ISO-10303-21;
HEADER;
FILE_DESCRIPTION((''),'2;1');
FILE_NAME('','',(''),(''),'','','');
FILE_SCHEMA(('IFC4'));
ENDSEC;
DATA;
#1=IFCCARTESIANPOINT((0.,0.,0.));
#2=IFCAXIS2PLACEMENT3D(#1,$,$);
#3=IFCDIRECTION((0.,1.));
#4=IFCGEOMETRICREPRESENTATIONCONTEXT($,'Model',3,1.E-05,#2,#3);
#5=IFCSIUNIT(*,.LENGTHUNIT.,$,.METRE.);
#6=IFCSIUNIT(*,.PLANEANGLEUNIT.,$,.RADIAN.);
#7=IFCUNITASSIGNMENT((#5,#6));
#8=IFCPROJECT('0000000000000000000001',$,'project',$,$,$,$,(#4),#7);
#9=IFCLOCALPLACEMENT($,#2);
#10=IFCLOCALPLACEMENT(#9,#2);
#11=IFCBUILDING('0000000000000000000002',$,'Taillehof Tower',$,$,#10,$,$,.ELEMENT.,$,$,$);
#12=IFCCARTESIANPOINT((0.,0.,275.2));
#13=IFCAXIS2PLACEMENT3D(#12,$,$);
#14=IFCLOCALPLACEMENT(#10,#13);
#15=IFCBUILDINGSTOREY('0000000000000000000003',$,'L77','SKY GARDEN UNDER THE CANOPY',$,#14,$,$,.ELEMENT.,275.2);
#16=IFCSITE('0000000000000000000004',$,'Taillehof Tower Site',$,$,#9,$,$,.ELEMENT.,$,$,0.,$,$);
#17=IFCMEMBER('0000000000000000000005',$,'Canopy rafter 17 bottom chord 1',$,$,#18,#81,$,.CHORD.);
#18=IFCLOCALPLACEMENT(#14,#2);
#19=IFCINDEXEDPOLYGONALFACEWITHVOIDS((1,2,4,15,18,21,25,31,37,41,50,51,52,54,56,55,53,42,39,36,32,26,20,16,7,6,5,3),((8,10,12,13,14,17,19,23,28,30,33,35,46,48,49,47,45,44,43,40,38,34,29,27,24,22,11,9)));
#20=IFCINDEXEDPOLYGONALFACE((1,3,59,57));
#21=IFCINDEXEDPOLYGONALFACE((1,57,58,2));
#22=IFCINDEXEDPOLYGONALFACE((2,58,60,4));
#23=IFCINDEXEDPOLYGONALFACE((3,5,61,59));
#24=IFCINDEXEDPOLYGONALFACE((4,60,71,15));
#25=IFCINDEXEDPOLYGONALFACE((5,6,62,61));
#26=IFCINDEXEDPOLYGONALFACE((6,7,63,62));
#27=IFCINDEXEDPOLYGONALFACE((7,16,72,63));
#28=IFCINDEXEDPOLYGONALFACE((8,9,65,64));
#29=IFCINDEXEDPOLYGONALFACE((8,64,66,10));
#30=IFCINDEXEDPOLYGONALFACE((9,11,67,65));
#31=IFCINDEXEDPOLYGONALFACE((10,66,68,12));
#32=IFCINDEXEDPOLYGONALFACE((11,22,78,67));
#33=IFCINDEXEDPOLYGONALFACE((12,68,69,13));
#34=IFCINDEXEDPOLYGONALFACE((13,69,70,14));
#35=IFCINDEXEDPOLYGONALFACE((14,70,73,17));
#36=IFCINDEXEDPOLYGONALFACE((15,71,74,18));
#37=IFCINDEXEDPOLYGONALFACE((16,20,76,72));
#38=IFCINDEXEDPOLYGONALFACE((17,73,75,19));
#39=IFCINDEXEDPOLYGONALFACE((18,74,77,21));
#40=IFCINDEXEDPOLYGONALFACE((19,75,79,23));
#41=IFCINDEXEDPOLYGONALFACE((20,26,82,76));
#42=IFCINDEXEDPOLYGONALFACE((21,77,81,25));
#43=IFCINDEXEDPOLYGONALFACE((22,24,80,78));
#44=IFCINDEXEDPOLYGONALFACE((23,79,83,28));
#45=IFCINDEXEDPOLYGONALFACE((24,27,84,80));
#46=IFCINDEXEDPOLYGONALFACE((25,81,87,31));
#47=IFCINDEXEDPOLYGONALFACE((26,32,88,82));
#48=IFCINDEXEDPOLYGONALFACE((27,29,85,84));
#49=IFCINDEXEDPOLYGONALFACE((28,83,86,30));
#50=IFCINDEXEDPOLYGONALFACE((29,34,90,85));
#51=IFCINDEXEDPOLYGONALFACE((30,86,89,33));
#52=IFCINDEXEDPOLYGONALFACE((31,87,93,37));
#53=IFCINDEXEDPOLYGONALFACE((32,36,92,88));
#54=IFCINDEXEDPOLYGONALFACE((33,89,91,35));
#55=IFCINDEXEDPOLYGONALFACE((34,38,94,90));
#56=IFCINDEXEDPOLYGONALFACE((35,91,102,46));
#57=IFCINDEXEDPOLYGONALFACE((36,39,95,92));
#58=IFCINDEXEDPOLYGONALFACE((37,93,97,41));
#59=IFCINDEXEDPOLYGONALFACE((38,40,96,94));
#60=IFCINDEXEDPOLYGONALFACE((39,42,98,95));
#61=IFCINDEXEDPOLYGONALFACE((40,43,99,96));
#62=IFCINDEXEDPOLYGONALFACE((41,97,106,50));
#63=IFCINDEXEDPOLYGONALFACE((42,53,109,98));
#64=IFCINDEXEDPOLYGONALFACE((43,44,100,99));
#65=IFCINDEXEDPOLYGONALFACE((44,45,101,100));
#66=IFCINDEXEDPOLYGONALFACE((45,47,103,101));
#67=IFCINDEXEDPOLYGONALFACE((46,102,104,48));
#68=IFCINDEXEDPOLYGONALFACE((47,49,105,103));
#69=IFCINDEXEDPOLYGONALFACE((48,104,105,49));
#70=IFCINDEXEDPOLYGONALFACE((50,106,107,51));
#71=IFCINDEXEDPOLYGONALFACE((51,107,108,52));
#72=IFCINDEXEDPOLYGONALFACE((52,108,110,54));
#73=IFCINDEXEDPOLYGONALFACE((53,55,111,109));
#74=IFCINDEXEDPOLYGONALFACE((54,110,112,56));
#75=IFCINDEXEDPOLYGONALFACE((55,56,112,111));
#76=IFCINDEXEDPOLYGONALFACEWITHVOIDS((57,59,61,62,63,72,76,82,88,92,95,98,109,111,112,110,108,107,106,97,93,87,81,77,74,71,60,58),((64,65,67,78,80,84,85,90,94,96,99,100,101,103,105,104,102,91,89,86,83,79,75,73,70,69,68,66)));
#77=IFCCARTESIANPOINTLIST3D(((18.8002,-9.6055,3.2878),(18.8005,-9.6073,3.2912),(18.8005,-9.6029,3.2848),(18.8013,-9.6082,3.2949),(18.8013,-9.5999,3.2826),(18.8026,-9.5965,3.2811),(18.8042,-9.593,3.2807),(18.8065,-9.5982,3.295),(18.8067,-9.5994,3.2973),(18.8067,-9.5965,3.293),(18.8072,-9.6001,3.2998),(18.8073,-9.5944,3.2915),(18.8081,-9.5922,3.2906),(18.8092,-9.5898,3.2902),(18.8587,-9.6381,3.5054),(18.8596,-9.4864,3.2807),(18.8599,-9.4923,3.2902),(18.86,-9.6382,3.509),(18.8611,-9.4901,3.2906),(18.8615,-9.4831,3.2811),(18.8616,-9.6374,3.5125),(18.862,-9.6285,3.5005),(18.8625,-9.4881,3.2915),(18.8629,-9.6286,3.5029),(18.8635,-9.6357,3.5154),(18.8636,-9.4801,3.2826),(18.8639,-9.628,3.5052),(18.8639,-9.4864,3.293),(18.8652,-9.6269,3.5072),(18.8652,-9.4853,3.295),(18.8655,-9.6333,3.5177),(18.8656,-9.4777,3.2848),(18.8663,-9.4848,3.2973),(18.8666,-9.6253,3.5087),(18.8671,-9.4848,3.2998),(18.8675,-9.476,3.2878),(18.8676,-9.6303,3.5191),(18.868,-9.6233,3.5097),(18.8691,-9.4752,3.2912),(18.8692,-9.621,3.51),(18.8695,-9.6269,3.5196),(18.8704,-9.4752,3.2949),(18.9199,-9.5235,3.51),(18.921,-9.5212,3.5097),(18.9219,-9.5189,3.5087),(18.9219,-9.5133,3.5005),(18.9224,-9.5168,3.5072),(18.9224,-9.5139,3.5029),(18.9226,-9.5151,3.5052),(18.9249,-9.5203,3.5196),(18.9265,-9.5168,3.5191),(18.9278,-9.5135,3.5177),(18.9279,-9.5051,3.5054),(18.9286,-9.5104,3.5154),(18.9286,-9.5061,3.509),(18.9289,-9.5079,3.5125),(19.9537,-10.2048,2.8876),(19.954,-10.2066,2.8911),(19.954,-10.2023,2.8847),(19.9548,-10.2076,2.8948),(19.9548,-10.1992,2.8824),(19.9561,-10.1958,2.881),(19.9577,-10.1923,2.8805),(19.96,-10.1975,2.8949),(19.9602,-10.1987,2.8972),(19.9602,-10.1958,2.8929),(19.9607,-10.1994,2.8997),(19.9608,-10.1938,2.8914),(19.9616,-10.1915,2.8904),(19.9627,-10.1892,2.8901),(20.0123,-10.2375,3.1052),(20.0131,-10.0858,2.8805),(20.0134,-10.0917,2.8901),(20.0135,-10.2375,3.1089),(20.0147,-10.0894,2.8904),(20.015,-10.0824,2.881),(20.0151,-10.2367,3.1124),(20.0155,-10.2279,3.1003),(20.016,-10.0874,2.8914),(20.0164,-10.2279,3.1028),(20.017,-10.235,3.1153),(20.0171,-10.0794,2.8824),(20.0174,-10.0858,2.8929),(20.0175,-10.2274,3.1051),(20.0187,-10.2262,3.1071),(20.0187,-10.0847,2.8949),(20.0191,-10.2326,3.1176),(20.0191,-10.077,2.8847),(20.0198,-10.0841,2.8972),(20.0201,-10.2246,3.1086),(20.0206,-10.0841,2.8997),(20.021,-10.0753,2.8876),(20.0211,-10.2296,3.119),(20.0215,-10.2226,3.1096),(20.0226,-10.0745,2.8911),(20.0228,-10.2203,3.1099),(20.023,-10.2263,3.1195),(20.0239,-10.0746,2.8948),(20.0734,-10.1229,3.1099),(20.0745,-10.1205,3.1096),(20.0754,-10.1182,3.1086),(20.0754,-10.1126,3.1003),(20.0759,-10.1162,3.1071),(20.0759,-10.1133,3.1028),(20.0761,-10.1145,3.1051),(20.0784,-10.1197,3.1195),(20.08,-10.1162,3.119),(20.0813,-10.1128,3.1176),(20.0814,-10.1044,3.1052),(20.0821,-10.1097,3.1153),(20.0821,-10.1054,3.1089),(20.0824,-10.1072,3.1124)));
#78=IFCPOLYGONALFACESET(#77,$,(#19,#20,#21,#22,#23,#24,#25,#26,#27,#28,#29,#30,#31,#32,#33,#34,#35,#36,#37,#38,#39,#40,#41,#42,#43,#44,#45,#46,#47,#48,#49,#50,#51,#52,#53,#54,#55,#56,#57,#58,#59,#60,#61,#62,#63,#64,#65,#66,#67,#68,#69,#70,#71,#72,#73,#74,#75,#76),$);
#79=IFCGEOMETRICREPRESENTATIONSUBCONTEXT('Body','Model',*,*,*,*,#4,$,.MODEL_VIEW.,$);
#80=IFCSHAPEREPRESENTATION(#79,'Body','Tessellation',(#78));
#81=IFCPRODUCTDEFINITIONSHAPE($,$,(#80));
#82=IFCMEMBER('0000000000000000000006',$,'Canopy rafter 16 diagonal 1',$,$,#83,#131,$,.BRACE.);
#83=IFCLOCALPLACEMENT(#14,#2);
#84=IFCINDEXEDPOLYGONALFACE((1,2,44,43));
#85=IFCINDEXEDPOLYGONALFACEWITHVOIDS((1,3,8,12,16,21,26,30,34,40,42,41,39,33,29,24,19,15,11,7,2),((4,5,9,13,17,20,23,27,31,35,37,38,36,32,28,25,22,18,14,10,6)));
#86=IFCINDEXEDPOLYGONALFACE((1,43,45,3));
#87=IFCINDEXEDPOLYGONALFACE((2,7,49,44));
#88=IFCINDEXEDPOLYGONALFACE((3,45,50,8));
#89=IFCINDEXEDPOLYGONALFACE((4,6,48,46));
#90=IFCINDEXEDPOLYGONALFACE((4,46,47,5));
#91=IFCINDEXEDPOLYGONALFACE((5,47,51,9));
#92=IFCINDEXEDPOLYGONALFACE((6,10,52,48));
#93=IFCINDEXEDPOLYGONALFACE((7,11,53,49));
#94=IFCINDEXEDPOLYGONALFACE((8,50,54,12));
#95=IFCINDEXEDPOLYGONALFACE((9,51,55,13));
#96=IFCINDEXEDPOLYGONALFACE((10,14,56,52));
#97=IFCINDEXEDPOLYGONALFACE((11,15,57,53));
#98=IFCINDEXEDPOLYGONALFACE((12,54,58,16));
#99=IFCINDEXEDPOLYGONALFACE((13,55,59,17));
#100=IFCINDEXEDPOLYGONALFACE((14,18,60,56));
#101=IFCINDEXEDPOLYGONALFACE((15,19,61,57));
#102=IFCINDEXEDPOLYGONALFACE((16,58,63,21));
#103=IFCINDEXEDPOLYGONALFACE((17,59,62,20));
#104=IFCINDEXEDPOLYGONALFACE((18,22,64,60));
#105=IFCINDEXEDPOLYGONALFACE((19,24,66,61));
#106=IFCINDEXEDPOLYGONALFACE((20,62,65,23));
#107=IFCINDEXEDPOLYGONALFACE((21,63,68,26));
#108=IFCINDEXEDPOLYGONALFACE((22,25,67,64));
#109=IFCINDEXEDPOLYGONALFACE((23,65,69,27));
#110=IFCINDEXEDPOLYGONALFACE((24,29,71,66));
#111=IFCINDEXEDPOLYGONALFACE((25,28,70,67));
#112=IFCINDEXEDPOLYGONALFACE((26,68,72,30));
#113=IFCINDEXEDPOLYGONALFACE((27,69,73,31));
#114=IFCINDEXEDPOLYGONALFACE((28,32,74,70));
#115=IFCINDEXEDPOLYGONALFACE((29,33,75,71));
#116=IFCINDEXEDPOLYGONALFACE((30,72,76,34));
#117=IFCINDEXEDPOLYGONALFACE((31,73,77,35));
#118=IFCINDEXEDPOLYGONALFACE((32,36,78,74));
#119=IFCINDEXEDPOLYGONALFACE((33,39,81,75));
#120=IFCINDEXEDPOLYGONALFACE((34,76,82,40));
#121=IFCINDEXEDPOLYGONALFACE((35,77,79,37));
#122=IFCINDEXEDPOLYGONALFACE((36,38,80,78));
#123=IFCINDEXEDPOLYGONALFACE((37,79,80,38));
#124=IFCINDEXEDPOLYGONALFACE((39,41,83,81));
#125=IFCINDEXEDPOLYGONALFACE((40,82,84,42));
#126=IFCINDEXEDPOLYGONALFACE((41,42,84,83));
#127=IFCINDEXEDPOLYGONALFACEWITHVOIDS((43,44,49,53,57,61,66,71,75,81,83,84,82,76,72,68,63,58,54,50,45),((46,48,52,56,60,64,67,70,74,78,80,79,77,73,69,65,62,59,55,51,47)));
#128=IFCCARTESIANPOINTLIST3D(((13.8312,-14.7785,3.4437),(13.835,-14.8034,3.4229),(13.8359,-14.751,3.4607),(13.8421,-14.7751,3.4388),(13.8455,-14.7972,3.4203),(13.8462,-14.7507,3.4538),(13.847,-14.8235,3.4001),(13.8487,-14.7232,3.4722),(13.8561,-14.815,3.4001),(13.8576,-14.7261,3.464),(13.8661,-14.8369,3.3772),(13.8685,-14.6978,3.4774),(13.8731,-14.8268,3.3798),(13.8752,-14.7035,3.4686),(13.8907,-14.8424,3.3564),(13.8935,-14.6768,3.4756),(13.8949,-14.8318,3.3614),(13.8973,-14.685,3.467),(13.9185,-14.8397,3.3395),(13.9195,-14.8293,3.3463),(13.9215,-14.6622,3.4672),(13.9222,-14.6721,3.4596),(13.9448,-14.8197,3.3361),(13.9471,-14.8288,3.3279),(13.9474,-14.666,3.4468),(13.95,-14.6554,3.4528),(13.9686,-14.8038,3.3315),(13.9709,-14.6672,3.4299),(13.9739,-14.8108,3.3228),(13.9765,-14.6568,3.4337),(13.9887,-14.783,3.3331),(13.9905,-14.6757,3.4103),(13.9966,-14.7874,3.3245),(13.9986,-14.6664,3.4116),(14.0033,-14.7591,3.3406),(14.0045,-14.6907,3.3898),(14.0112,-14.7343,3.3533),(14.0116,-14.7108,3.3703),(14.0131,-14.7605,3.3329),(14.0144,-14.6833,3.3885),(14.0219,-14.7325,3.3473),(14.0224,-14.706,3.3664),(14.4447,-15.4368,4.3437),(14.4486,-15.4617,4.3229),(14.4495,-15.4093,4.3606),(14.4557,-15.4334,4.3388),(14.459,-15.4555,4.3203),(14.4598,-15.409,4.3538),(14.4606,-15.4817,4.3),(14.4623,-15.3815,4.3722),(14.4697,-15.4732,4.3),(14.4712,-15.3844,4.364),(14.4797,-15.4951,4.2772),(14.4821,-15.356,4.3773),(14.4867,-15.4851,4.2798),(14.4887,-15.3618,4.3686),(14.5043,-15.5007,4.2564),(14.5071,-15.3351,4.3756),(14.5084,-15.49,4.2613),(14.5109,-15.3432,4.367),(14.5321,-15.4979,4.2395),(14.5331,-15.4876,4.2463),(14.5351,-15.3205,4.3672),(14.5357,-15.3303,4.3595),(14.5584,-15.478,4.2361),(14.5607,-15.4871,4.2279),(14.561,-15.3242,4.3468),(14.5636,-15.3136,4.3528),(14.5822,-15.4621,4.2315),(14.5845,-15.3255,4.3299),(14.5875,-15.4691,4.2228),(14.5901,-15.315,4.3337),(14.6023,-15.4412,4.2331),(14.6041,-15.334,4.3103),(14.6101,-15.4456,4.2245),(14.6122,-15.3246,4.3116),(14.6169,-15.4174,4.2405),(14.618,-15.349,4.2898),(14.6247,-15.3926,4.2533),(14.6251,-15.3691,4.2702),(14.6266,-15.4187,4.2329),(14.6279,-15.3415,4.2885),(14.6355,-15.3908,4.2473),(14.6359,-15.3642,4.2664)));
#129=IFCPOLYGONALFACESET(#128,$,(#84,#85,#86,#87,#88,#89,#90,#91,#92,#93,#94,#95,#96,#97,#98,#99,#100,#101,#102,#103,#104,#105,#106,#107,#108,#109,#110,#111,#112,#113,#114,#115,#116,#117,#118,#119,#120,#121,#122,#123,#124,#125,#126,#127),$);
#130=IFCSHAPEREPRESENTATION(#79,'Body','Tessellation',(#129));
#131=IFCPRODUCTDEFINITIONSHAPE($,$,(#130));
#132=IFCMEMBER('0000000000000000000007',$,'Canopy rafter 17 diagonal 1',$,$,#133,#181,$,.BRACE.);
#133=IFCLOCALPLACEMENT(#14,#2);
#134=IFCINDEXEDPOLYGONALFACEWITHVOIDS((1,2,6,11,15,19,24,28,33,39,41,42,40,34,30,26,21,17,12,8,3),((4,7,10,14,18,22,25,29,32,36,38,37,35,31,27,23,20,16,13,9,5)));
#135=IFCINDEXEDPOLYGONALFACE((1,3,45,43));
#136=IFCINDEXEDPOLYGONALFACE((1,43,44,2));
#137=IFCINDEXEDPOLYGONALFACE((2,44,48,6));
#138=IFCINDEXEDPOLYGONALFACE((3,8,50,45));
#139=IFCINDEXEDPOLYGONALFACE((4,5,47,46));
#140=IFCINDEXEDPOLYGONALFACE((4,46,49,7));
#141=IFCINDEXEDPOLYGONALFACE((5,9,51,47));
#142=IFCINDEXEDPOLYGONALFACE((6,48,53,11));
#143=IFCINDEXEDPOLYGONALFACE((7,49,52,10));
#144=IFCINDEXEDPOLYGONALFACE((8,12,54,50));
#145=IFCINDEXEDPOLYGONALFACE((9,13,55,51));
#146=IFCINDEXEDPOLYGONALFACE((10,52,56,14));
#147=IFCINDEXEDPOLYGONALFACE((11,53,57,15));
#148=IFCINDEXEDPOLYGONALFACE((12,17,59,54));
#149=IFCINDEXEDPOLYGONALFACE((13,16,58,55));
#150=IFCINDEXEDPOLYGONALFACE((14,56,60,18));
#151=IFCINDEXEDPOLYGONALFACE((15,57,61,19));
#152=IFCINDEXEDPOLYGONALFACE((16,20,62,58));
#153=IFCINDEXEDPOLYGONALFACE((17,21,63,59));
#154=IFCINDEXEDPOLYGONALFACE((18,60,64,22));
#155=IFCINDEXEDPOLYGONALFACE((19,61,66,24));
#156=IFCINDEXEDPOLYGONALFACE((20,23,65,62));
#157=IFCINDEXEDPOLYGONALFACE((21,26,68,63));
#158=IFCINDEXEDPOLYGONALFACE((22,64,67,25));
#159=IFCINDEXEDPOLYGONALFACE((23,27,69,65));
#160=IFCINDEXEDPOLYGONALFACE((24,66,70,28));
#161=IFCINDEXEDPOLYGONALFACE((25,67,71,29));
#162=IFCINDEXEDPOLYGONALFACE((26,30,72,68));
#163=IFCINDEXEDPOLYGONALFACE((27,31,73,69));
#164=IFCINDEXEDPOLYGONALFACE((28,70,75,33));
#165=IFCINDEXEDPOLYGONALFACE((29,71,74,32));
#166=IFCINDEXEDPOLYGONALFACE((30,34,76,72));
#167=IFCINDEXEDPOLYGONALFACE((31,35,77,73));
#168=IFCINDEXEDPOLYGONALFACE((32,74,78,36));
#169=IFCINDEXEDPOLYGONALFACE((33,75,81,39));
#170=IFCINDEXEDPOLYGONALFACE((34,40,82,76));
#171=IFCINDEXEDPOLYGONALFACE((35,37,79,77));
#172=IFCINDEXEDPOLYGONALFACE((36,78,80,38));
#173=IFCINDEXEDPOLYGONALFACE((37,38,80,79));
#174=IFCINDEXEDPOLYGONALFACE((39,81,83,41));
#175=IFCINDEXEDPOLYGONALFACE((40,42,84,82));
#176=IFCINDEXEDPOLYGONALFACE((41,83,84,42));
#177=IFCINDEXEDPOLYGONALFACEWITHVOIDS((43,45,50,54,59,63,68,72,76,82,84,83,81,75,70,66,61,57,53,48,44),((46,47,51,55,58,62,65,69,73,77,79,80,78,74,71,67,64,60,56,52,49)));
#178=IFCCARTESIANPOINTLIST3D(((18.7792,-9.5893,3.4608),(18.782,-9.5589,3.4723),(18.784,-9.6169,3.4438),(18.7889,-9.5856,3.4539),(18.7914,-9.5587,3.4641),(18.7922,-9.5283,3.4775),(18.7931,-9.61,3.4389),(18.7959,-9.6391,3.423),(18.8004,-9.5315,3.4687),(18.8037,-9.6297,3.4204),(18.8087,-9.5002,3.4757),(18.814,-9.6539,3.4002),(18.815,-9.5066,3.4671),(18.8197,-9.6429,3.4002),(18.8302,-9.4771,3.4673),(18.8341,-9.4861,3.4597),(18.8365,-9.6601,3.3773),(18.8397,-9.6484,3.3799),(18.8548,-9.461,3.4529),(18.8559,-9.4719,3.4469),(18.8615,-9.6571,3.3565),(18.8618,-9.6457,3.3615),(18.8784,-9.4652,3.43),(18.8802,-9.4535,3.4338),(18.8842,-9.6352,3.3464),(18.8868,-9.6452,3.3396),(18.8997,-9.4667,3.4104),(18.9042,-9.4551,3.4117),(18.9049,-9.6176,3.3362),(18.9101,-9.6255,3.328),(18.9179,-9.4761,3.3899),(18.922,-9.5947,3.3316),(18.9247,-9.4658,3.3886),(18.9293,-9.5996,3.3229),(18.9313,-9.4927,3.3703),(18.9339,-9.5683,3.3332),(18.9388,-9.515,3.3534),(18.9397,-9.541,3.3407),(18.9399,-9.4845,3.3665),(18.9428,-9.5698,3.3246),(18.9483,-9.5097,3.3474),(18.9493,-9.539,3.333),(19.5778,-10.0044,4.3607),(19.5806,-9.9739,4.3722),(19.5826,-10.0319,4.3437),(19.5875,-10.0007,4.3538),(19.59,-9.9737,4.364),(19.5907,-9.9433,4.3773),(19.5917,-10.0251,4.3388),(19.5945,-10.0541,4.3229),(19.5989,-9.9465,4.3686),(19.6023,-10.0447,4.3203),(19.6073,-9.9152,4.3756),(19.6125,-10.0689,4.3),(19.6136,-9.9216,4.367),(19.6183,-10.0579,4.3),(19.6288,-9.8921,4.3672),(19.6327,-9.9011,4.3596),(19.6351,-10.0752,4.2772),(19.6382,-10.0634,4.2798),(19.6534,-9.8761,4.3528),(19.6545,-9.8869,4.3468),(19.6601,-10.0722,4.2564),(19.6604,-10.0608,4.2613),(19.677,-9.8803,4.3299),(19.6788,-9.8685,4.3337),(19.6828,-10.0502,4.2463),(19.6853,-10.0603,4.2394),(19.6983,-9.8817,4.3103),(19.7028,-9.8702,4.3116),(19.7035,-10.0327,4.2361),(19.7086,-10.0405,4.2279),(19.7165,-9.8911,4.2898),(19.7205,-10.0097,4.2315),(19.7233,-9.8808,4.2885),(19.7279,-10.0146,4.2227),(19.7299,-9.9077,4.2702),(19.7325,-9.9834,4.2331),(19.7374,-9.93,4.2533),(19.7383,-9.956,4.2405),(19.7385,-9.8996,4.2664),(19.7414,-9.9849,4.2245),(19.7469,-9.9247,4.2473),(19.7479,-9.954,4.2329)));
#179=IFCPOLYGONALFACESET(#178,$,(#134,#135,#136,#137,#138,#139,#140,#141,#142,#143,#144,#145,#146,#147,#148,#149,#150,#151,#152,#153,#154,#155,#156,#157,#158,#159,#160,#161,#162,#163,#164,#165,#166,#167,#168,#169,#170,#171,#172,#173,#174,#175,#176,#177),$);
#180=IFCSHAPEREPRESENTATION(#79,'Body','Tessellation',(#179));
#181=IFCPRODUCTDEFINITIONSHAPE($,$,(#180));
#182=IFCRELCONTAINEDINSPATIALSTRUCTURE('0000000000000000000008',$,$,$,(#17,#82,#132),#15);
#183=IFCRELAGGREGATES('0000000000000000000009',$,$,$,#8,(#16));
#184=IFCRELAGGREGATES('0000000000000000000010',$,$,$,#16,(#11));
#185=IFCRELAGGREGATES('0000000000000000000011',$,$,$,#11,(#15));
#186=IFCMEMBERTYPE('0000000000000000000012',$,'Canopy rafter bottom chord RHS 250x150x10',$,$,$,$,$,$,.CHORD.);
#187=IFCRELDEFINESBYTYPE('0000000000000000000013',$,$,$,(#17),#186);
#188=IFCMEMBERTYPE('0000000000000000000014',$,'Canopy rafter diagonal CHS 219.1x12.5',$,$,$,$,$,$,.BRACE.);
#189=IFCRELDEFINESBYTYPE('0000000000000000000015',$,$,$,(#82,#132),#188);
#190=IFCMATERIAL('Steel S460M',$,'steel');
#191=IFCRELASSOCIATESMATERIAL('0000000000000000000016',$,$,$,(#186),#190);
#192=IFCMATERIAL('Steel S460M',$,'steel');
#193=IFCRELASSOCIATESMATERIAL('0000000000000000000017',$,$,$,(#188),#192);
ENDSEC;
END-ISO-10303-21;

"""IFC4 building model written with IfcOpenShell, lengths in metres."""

from ifc_helpers import new_model, si_unit, direction, frame, origin, origin_2d, place, context, subcontext, project, spatial, hollow_rectangle, hollow_circle, extrude, material, material_profile, profile_set, type_object, element, save


model = new_model("IFC4")

# Units and contexts
model_context = context("Model", 3, precision=1e-05, world=origin(), true_north=direction((0.0, 1.0)))
body_context = subcontext(model_context, "Body", "Model", "MODEL_VIEW")
ifc_project = project(units=[si_unit("LENGTHUNIT", "METRE"), si_unit("PLANEANGLEUNIT", "RADIAN")], contexts=[model_context])

# Site, building, storey
site_placement = place(None, origin())
site = spatial("IfcSite", under=ifc_project, at=site_placement, Name="Taillehof Tower Site", CompositionType="ELEMENT", RefElevation=0.0)
building_placement = place(site_placement, origin())
building = spatial("IfcBuilding", under=site, at=building_placement, Name="Taillehof Tower", CompositionType="ELEMENT")
storey_placement = place(building_placement, frame((0.0, 0.0, 275.2)))
storey = spatial("IfcBuildingStorey", under=building, at=storey_placement, Name="L77", Description="SKY GARDEN UNDER THE CANOPY", CompositionType="ELEMENT", Elevation=275.2)

# Members
ifc_material_1 = material(Name="Steel S460M", Category="steel")
ifc_material_profile_1 = material_profile(ifc_material_1, hollow_rectangle(XDim=0.1499, YDim=0.25, WallThickness=0.01, InnerFilletRadius=0.01, OuterFilletRadius=0.0149, at=origin_2d()), Name="RHS 250x150x10")
ifc_profile_set_1 = profile_set([ifc_material_profile_1], Name="Steel S460M")
member_type_1 = type_object("IfcMemberType", Name="Canopy rafter bottom chord RHS 250x150x10", PredefinedType="CHORD", material=ifc_profile_set_1)
for number, where, z_axis, x_axis, name in (
    (1, (20.0181, -10.156, 3.0), (-0.848102, 0.440654, 0.294188), (-0.461057, -0.88737, 0.0), "Canopy rafter 17 bottom chord 1"),
):
    element("IfcMember", number, at=place(storey_placement, frame(where, z_axis=z_axis, x_axis=x_axis)), inside=storey, type_object=member_type_1, Name=name, PredefinedType="CHORD", context=body_context, shape_type="SweptSolid", body=[
        extrude(hollow_rectangle(XDim=0.1499, YDim=0.25, WallThickness=0.01, InnerFilletRadius=0.01, OuterFilletRadius=0.0149, at=origin_2d()), origin(), (0.0, 0.0, 1.0), 1.3601),
    ])
ifc_material_2 = material(Name="Steel S460M", Category="steel")
ifc_material_profile_2 = material_profile(ifc_material_2, hollow_circle(Radius=0.1096, WallThickness=0.0125, at=origin_2d()), Name="CHS 219.1x12.5")
ifc_profile_set_2 = profile_set([ifc_material_profile_2], Name="Steel S460M")
member_type_2 = type_object("IfcMemberType", Name="Canopy rafter diagonal CHS 219.1x12.5", PredefinedType="BRACE", material=ifc_profile_set_2)
for number, where, z_axis, x_axis, name in (
    (2, (14.5408, -15.407, 4.3), (-0.48211, 0.517218, -0.707146), (-0.731497, -0.681844, 0.0), "Canopy rafter 16 diagonal 1"),
    (3, (19.6631, -9.9717, 4.3), (-0.627462, 0.326104, -0.70707), (-0.461156, -0.887319, 0.0), "Canopy rafter 17 diagonal 1"),
):
    element("IfcMember", number, at=place(storey_placement, frame(where, z_axis=z_axis, x_axis=x_axis)), inside=storey, type_object=member_type_2, Name=name, PredefinedType="BRACE", context=body_context, shape_type="SweptSolid", body=[
        extrude(hollow_circle(Radius=0.1096, WallThickness=0.0125, at=origin_2d()), origin(), (0.0, 0.0, 1.0), 1.2727),
    ])

save(model, "model.ifc")
